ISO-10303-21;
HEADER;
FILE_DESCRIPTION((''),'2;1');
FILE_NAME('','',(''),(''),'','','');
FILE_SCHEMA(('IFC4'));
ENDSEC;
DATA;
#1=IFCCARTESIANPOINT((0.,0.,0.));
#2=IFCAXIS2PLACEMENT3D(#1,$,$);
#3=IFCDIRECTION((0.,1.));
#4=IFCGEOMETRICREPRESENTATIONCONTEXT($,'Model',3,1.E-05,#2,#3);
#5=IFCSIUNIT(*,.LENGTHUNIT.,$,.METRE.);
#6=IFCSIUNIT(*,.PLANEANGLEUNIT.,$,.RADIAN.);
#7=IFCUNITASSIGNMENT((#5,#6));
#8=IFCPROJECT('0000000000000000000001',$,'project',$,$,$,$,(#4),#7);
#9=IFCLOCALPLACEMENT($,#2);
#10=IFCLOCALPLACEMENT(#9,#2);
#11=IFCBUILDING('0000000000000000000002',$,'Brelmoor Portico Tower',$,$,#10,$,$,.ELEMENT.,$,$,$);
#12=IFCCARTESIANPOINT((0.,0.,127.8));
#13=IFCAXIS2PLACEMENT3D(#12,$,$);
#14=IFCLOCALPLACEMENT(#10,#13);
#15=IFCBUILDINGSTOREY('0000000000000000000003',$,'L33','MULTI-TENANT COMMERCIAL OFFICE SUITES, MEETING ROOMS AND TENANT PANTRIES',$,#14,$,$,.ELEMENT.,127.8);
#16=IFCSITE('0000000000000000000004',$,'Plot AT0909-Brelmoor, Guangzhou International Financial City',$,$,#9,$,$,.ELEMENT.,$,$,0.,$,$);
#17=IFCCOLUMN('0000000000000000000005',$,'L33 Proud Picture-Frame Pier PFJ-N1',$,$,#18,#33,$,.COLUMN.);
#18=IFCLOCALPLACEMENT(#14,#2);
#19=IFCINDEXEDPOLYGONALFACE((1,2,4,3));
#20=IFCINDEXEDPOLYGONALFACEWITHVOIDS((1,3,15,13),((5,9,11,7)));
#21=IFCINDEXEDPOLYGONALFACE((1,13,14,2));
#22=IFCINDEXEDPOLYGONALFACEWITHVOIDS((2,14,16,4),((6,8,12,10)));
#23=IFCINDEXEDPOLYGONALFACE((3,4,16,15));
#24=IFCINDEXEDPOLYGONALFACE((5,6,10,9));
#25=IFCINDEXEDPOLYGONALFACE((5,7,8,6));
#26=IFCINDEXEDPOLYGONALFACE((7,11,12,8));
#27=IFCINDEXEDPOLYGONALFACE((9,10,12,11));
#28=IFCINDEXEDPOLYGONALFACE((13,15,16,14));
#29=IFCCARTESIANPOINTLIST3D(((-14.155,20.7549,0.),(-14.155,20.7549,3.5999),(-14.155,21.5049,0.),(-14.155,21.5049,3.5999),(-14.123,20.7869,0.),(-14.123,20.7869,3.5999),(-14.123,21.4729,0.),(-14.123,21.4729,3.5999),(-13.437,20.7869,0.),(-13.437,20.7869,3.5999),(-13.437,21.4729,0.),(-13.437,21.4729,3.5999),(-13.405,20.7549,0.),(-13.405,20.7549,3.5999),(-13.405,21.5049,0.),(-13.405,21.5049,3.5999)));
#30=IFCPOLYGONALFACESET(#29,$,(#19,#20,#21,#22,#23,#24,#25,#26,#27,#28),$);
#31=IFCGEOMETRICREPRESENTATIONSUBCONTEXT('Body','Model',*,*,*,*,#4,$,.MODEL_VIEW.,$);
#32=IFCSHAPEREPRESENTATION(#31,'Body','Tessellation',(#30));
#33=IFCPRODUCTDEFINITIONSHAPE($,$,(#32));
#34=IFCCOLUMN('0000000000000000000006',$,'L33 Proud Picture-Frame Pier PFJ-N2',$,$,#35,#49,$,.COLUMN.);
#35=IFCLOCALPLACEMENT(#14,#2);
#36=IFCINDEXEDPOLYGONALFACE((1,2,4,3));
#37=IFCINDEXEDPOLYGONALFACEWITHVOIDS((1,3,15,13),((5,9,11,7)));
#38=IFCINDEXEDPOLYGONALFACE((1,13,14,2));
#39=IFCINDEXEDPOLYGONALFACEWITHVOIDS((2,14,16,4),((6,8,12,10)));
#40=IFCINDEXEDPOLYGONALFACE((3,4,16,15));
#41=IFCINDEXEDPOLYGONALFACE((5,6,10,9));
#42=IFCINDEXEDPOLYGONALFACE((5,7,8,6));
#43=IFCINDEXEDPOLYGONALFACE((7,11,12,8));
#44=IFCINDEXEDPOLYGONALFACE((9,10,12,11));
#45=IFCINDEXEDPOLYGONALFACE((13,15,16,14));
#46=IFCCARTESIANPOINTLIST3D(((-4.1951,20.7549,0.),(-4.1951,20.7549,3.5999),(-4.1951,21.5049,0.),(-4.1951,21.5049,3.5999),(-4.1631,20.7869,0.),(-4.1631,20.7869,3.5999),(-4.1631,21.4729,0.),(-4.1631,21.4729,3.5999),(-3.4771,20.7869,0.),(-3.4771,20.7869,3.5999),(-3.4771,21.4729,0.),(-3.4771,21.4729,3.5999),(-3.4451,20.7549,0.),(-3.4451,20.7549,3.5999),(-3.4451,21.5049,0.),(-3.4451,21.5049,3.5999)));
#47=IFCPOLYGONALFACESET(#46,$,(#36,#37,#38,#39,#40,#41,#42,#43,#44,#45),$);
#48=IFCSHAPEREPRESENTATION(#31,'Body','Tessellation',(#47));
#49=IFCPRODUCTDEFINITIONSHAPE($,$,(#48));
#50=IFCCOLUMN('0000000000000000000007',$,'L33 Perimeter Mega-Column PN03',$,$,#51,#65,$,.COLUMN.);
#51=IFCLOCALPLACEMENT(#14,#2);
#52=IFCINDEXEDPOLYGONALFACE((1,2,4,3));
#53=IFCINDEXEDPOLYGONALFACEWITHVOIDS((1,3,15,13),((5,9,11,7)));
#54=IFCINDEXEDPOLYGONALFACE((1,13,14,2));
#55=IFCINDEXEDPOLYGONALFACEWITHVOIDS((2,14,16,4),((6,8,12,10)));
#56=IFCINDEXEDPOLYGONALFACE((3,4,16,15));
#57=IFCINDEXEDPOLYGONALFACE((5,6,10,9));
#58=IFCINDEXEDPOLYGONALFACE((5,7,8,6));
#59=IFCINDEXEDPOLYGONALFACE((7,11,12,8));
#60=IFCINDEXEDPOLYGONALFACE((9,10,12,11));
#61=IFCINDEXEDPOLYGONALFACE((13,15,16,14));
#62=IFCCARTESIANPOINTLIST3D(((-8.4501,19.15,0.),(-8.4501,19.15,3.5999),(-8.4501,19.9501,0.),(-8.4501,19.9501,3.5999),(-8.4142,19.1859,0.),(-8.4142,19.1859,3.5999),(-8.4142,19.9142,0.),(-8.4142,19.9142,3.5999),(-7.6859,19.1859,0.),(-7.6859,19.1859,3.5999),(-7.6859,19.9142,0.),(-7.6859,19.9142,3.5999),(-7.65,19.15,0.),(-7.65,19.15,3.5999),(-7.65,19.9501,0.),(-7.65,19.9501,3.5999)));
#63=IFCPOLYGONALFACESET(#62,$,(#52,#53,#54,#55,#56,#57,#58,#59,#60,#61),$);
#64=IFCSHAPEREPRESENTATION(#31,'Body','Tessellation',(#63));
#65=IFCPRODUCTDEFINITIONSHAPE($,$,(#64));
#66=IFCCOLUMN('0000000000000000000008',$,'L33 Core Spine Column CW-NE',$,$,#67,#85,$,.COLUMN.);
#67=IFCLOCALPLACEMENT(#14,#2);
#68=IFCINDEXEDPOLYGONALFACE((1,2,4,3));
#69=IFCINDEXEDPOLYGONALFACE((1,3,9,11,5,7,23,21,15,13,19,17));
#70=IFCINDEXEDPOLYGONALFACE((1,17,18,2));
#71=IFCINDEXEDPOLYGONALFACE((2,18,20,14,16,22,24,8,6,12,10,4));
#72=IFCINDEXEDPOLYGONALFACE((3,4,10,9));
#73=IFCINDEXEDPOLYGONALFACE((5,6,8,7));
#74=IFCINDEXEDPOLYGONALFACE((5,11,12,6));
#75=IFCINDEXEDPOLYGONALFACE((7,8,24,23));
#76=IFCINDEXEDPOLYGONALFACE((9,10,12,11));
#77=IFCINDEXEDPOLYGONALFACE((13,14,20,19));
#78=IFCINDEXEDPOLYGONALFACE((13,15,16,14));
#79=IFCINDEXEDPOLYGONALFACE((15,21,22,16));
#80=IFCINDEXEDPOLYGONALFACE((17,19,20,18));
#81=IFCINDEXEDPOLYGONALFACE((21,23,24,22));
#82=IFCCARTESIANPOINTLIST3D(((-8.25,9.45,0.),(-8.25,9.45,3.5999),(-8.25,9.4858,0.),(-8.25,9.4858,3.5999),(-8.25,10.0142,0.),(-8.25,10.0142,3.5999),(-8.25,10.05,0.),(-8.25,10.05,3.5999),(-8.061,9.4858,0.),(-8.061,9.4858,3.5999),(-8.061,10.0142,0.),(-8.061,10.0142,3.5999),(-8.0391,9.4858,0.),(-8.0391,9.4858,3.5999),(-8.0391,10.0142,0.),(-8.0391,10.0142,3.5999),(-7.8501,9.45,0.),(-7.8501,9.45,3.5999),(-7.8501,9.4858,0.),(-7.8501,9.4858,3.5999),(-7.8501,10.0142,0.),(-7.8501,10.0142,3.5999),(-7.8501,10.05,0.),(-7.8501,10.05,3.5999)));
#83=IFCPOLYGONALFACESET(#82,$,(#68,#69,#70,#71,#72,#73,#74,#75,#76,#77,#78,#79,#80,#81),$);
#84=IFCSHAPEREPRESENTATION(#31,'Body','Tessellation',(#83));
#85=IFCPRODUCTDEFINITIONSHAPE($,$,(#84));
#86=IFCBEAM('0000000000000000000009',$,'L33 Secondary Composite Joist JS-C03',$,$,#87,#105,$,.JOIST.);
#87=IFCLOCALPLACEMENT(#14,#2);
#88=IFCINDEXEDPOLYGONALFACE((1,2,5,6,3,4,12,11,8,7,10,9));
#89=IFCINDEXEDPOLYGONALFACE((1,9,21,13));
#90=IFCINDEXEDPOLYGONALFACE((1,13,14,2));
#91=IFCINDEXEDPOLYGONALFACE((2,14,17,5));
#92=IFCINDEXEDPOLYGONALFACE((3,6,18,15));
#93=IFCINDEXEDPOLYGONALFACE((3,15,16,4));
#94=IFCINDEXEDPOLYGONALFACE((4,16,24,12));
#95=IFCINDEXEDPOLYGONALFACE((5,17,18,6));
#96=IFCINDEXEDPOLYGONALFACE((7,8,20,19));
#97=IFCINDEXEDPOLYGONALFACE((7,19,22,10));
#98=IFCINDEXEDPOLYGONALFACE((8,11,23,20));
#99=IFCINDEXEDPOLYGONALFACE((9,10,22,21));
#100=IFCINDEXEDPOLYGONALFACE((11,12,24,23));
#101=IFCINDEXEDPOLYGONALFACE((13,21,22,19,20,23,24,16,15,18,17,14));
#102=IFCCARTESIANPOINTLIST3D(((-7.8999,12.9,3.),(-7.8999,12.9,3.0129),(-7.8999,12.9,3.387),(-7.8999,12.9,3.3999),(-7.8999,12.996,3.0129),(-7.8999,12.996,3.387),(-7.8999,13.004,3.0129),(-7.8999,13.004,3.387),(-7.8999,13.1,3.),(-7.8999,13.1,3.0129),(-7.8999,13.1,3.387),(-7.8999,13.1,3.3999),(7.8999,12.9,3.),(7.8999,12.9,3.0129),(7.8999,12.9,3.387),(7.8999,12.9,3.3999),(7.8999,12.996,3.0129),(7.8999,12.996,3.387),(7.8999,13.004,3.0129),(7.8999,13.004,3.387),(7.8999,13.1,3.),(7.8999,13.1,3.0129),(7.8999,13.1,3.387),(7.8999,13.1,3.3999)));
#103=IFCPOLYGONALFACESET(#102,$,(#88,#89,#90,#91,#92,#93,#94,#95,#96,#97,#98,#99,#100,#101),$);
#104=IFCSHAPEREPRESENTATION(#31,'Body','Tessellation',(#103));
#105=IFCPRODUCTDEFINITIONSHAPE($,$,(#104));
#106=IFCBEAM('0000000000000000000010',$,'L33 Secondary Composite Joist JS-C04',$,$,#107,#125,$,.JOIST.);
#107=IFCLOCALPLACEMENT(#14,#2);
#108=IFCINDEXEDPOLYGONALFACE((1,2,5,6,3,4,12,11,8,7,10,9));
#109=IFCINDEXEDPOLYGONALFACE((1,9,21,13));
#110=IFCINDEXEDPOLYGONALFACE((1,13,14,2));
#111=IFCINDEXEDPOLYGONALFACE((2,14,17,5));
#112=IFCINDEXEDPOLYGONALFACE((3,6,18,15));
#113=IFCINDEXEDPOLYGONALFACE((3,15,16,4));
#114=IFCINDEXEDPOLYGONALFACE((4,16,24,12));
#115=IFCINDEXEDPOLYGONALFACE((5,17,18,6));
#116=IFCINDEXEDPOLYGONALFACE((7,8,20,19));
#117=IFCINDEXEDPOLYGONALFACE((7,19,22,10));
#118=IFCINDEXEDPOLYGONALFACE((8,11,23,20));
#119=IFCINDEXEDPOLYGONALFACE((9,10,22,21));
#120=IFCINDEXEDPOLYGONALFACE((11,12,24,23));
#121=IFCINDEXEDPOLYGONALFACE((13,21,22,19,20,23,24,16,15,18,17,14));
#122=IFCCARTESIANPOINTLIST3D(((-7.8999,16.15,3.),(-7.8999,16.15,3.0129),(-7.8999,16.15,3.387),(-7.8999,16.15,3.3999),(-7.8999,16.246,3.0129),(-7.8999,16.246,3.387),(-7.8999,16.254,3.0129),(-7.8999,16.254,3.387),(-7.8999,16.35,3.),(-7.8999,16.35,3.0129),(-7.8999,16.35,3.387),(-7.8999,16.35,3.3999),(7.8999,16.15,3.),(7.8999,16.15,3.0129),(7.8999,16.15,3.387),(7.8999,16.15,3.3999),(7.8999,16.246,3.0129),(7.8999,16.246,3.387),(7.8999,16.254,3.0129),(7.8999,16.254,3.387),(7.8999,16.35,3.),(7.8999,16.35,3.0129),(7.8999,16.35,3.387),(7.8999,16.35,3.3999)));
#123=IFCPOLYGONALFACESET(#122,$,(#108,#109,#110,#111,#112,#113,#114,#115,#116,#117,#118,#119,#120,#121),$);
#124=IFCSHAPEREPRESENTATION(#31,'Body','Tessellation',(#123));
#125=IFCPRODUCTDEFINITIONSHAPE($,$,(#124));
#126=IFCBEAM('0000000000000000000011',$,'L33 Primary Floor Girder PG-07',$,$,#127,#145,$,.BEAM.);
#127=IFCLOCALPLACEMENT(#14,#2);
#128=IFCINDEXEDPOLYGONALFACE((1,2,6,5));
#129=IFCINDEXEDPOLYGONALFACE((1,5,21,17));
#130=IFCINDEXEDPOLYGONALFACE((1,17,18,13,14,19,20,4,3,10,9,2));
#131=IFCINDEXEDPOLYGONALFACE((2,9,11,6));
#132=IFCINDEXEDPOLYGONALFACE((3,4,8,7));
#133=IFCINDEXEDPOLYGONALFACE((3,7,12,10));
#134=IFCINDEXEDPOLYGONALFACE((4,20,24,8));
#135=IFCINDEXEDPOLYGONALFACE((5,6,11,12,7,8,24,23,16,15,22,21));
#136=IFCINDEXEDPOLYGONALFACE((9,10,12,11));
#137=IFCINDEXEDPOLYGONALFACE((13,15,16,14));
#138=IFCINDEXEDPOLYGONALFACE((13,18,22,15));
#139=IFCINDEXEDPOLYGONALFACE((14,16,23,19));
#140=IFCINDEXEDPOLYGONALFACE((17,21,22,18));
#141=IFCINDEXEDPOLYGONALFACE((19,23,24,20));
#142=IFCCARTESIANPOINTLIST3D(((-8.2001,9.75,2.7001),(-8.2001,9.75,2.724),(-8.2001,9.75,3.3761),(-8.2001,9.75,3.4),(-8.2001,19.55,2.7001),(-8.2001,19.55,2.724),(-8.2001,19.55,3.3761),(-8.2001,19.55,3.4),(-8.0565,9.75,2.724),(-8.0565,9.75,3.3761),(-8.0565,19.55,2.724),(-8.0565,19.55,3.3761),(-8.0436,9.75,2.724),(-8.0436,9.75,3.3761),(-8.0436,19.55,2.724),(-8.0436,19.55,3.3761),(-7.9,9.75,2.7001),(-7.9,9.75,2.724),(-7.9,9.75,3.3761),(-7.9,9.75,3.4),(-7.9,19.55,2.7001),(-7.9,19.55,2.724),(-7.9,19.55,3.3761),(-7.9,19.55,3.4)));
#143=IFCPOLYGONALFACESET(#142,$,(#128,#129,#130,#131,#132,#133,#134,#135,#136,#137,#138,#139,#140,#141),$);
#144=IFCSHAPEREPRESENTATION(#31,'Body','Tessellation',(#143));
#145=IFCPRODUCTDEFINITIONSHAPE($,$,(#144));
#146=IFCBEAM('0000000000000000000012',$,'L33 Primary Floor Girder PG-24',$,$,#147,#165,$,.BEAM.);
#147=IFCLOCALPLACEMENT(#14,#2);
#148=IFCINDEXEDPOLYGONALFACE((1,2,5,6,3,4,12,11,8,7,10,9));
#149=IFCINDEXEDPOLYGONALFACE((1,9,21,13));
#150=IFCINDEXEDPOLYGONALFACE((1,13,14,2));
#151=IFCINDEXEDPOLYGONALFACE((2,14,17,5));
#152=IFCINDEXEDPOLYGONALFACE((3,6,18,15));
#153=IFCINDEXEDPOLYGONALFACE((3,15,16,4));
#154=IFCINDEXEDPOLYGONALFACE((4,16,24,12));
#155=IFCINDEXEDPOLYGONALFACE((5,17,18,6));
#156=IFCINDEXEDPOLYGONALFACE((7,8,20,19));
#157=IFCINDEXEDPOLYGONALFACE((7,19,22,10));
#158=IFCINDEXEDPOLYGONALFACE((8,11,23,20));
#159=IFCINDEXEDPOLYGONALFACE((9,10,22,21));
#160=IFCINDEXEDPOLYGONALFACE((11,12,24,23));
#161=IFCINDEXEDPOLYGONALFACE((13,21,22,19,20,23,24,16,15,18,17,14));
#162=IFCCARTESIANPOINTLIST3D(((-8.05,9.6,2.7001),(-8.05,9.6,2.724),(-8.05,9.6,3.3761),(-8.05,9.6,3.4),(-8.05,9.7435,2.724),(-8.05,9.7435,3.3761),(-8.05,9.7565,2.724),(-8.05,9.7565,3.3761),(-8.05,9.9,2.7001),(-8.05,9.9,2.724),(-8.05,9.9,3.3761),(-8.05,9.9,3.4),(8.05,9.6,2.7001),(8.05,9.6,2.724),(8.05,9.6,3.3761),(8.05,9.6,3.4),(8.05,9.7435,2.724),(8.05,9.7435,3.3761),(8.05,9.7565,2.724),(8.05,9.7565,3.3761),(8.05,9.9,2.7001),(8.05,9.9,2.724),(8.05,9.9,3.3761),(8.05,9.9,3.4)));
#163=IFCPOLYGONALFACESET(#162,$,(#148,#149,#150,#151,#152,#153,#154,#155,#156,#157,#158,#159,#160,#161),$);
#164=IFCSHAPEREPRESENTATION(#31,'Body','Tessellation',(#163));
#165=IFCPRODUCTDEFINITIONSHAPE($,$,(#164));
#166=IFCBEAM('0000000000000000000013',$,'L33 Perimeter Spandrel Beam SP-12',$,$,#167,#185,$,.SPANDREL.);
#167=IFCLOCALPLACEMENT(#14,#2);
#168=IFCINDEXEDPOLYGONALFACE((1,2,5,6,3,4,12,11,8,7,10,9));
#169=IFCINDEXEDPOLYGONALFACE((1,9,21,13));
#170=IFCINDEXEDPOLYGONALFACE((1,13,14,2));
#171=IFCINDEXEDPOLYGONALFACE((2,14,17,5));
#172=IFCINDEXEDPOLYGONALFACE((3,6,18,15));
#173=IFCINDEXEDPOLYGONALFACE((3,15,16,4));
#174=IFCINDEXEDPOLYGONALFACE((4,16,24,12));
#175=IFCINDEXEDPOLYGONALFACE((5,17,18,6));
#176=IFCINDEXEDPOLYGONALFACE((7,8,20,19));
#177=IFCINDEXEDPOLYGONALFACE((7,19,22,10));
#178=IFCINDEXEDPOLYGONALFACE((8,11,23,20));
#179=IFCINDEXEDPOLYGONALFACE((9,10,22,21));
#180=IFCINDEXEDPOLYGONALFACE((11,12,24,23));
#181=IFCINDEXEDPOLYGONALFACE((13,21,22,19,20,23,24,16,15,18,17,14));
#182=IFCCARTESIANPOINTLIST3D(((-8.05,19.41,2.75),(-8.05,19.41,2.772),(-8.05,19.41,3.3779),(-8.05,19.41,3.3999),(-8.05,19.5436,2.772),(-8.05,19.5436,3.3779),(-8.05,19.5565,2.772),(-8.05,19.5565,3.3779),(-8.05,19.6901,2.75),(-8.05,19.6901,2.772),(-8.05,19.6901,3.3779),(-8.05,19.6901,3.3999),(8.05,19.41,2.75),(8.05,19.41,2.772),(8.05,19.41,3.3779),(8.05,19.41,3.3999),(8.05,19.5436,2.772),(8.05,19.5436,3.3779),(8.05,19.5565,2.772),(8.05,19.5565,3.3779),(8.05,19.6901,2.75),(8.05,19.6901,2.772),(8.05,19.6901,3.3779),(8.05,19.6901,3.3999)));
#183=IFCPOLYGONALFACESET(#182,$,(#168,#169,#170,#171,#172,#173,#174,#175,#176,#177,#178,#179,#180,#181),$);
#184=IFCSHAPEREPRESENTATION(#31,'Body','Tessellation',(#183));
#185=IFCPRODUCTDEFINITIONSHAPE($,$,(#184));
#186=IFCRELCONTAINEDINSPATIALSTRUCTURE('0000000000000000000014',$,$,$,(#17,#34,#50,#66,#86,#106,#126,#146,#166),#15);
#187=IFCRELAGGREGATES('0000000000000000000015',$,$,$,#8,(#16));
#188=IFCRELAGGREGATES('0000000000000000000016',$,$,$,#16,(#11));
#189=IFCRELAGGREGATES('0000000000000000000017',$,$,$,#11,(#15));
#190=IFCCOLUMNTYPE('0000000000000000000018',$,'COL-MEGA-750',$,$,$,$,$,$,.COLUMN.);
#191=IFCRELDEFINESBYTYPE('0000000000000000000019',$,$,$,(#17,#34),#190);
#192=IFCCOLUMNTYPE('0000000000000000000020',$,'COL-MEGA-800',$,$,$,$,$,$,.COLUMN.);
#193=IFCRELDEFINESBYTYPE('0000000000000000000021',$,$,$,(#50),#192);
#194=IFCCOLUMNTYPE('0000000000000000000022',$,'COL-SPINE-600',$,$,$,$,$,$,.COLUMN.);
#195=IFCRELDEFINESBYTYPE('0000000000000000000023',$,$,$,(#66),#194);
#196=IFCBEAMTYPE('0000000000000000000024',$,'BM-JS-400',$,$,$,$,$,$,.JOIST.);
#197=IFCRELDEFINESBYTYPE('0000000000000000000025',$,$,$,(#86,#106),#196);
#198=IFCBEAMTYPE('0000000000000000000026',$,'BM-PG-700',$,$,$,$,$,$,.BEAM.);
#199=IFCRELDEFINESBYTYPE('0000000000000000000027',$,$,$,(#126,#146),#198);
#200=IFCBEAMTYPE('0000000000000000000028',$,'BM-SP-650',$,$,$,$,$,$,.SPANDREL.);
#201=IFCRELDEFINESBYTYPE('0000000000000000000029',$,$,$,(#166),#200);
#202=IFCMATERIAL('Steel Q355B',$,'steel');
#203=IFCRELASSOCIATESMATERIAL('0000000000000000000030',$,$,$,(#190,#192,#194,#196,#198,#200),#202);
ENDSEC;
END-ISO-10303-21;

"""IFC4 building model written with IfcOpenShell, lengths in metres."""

from ifc_helpers import new_model, si_unit, direction, frame, origin, origin_2d, place, context, subcontext, project, spatial, hollow_rectangle, i_section, extrude, material, material_profile, profile_set, type_object, element, save


model = new_model("IFC4")

# Units and contexts
model_context = context("Model", 3, precision=1e-05, world=origin(), true_north=direction((0.0, 1.0)))
body_context = subcontext(model_context, "Body", "Model", "MODEL_VIEW")
ifc_project = project(units=[si_unit("LENGTHUNIT", "METRE"), si_unit("PLANEANGLEUNIT", "RADIAN")], contexts=[model_context])

# Site, building, storey
site_placement = place(None, origin())
site = spatial("IfcSite", under=ifc_project, at=site_placement, Name="Plot AT0909-Brelmoor, Guangzhou International Financial City", CompositionType="ELEMENT", RefElevation=0.0)
building_placement = place(site_placement, origin())
building = spatial("IfcBuilding", under=site, at=building_placement, Name="Brelmoor Portico Tower", CompositionType="ELEMENT")
storey_placement = place(building_placement, frame((0.0, 0.0, 127.8)))
storey = spatial("IfcBuildingStorey", under=building, at=storey_placement, Name="L33", Description="MULTI-TENANT COMMERCIAL OFFICE SUITES, MEETING ROOMS AND TENANT PANTRIES", CompositionType="ELEMENT", Elevation=127.8)

# Columns
ifc_material_1 = material(Name="Steel Q355B", Category="steel")
ifc_material_profile_1 = material_profile(ifc_material_1, hollow_rectangle(XDim=0.75, YDim=0.75, WallThickness=0.032, at=origin_2d()), Name="BOX 750x750x32")
ifc_profile_set_1 = profile_set([ifc_material_profile_1], Name="Steel Q355B")
column_type_1 = type_object("IfcColumnType", Name="COL-MEGA-750", PredefinedType="COLUMN", material=ifc_profile_set_1)
for number, where, z_axis, x_axis, name in (
    (1, (-13.78, 21.1299, 0.0), (0.0, 0.0, 1.0), (1.0, 0.0, 0.0), "L33 Proud Picture-Frame Pier PFJ-N1"),
    (2, (-3.8201, 21.1299, 0.0), (0.0, 0.0, 1.0), (1.0, 0.0, 0.0), "L33 Proud Picture-Frame Pier PFJ-N2"),
):
    element("IfcColumn", number, at=place(storey_placement, frame(where, z_axis=z_axis, x_axis=x_axis)), inside=storey, type_object=column_type_1, Name=name, PredefinedType="COLUMN", context=body_context, shape_type="SweptSolid", body=[
        extrude(hollow_rectangle(XDim=0.75, YDim=0.75, WallThickness=0.032, at=origin_2d()), origin(), (0.0, 0.0, 1.0), 3.5999),
    ])
ifc_material_profile_2 = material_profile(ifc_material_1, hollow_rectangle(XDim=0.8, YDim=0.8, WallThickness=0.0359, at=origin_2d()), Name="BOX 800x800x36")
ifc_profile_set_2 = profile_set([ifc_material_profile_2], Name="Steel Q355B")
column_type_2 = type_object("IfcColumnType", Name="COL-MEGA-800", PredefinedType="COLUMN", material=ifc_profile_set_2)
column_1_placement = place(storey_placement, frame((-8.05, 19.55, 0.0), z_axis=(0.0, 0.0, 1.0), x_axis=(1.0, 0.0, 0.0)))
element("IfcColumn", 3, at=column_1_placement, inside=storey, type_object=column_type_2, Name="L33 Perimeter Mega-Column PN03", PredefinedType="COLUMN", context=body_context, shape_type="SweptSolid", body=[
    extrude(hollow_rectangle(XDim=0.8, YDim=0.8, WallThickness=0.0359, at=origin_2d()), origin(), (0.0, 0.0, 1.0), 3.5999),
])
ifc_material_profile_3 = material_profile(ifc_material_1, i_section(OverallWidth=0.3999, OverallDepth=0.6001, WebThickness=0.022, FlangeThickness=0.0359, at=origin_2d()), Name="HW 600x400x22x36")
ifc_profile_set_3 = profile_set([ifc_material_profile_3], Name="Steel Q355B")
column_type_3 = type_object("IfcColumnType", Name="COL-SPINE-600", PredefinedType="COLUMN", material=ifc_profile_set_3)
column_2_placement = place(storey_placement, frame((-8.05, 9.75, 0.0), z_axis=(0.0, 0.0, 1.0), x_axis=(1.0, 0.0, 0.0)))
element("IfcColumn", 4, at=column_2_placement, inside=storey, type_object=column_type_3, Name="L33 Core Spine Column CW-NE", PredefinedType="COLUMN", context=body_context, shape_type="SweptSolid", body=[
    extrude(i_section(OverallWidth=0.3999, OverallDepth=0.6001, WebThickness=0.022, FlangeThickness=0.0359, at=origin_2d()), origin(), (0.0, 0.0, 1.0), 3.5999),
])

# Beams
ifc_material_profile_4 = material_profile(ifc_material_1, i_section(OverallWidth=0.2, OverallDepth=0.3999, WebThickness=0.0081, FlangeThickness=0.0129, at=origin_2d()), Name="HN 400x200x8x13")
ifc_profile_set_4 = profile_set([ifc_material_profile_4], Name="Steel Q355B")
beam_type_1 = type_object("IfcBeamType", Name="BM-JS-400", PredefinedType="JOIST", material=ifc_profile_set_4)
for number, where, z_axis, x_axis, name in (
    (5, (-7.8999, 13.0, 3.2), (1.0, 0.0, 0.0), (0.0, 1.0, 0.0), "L33 Secondary Composite Joist JS-C03"),
    (6, (-7.8999, 16.25, 3.2), (1.0, 0.0, 0.0), (0.0, 1.0, 0.0), "L33 Secondary Composite Joist JS-C04"),
):
    element("IfcBeam", number, at=place(storey_placement, frame(where, z_axis=z_axis, x_axis=x_axis)), inside=storey, type_object=beam_type_1, Name=name, PredefinedType="JOIST", context=body_context, shape_type="SweptSolid", body=[
        extrude(i_section(OverallWidth=0.2, OverallDepth=0.3999, WebThickness=0.0081, FlangeThickness=0.0129, at=origin_2d()), origin(), (0.0, 0.0, 1.0), 15.7998),
    ])
ifc_material_profile_5 = material_profile(ifc_material_1, i_section(OverallWidth=0.3, OverallDepth=0.7, WebThickness=0.0129, FlangeThickness=0.0239, at=origin_2d()), Name="HN 700x300x13x24")
ifc_profile_set_5 = profile_set([ifc_material_profile_5], Name="Steel Q355B")
beam_type_2 = type_object("IfcBeamType", Name="BM-PG-700", PredefinedType="BEAM", material=ifc_profile_set_5)
beam_1_placement = place(storey_placement, frame((-8.05, 9.75, 3.05), z_axis=(0.0, 1.0, 0.0), x_axis=(-1.0, 0.0, 0.0)))
element("IfcBeam", 7, at=beam_1_placement, inside=storey, type_object=beam_type_2, Name="L33 Primary Floor Girder PG-07", PredefinedType="BEAM", context=body_context, shape_type="SweptSolid", body=[
    extrude(i_section(OverallWidth=0.3, OverallDepth=0.7, WebThickness=0.0129, FlangeThickness=0.0239, at=origin_2d()), origin(), (0.0, 0.0, 1.0), 9.8),
])
beam_2_placement = place(storey_placement, frame((-8.05, 9.75, 3.05), z_axis=(1.0, 0.0, 0.0), x_axis=(0.0, 1.0, 0.0)))
element("IfcBeam", 8, at=beam_2_placement, inside=storey, type_object=beam_type_2, Name="L33 Primary Floor Girder PG-24", PredefinedType="BEAM", context=body_context, shape_type="SweptSolid", body=[
    extrude(i_section(OverallWidth=0.3, OverallDepth=0.7, WebThickness=0.0129, FlangeThickness=0.0239, at=origin_2d()), origin(), (0.0, 0.0, 1.0), 16.1001),
])
ifc_material_profile_6 = material_profile(ifc_material_1, i_section(OverallWidth=0.28, OverallDepth=0.6499, WebThickness=0.0129, FlangeThickness=0.022, at=origin_2d()), Name="HN 650x280x13x22")
ifc_profile_set_6 = profile_set([ifc_material_profile_6], Name="Steel Q355B")
beam_type_3 = type_object("IfcBeamType", Name="BM-SP-650", PredefinedType="SPANDREL", material=ifc_profile_set_6)
beam_3_placement = place(storey_placement, frame((-8.05, 19.55, 3.075), z_axis=(1.0, 0.0, 0.0), x_axis=(0.0, 1.0, 0.0)))
element("IfcBeam", 9, at=beam_3_placement, inside=storey, type_object=beam_type_3, Name="L33 Perimeter Spandrel Beam SP-12", PredefinedType="SPANDREL", context=body_context, shape_type="SweptSolid", body=[
    extrude(i_section(OverallWidth=0.28, OverallDepth=0.6499, WebThickness=0.0129, FlangeThickness=0.022, at=origin_2d()), origin(), (0.0, 0.0, 1.0), 16.1001),
])

save(model, "model.ifc")
